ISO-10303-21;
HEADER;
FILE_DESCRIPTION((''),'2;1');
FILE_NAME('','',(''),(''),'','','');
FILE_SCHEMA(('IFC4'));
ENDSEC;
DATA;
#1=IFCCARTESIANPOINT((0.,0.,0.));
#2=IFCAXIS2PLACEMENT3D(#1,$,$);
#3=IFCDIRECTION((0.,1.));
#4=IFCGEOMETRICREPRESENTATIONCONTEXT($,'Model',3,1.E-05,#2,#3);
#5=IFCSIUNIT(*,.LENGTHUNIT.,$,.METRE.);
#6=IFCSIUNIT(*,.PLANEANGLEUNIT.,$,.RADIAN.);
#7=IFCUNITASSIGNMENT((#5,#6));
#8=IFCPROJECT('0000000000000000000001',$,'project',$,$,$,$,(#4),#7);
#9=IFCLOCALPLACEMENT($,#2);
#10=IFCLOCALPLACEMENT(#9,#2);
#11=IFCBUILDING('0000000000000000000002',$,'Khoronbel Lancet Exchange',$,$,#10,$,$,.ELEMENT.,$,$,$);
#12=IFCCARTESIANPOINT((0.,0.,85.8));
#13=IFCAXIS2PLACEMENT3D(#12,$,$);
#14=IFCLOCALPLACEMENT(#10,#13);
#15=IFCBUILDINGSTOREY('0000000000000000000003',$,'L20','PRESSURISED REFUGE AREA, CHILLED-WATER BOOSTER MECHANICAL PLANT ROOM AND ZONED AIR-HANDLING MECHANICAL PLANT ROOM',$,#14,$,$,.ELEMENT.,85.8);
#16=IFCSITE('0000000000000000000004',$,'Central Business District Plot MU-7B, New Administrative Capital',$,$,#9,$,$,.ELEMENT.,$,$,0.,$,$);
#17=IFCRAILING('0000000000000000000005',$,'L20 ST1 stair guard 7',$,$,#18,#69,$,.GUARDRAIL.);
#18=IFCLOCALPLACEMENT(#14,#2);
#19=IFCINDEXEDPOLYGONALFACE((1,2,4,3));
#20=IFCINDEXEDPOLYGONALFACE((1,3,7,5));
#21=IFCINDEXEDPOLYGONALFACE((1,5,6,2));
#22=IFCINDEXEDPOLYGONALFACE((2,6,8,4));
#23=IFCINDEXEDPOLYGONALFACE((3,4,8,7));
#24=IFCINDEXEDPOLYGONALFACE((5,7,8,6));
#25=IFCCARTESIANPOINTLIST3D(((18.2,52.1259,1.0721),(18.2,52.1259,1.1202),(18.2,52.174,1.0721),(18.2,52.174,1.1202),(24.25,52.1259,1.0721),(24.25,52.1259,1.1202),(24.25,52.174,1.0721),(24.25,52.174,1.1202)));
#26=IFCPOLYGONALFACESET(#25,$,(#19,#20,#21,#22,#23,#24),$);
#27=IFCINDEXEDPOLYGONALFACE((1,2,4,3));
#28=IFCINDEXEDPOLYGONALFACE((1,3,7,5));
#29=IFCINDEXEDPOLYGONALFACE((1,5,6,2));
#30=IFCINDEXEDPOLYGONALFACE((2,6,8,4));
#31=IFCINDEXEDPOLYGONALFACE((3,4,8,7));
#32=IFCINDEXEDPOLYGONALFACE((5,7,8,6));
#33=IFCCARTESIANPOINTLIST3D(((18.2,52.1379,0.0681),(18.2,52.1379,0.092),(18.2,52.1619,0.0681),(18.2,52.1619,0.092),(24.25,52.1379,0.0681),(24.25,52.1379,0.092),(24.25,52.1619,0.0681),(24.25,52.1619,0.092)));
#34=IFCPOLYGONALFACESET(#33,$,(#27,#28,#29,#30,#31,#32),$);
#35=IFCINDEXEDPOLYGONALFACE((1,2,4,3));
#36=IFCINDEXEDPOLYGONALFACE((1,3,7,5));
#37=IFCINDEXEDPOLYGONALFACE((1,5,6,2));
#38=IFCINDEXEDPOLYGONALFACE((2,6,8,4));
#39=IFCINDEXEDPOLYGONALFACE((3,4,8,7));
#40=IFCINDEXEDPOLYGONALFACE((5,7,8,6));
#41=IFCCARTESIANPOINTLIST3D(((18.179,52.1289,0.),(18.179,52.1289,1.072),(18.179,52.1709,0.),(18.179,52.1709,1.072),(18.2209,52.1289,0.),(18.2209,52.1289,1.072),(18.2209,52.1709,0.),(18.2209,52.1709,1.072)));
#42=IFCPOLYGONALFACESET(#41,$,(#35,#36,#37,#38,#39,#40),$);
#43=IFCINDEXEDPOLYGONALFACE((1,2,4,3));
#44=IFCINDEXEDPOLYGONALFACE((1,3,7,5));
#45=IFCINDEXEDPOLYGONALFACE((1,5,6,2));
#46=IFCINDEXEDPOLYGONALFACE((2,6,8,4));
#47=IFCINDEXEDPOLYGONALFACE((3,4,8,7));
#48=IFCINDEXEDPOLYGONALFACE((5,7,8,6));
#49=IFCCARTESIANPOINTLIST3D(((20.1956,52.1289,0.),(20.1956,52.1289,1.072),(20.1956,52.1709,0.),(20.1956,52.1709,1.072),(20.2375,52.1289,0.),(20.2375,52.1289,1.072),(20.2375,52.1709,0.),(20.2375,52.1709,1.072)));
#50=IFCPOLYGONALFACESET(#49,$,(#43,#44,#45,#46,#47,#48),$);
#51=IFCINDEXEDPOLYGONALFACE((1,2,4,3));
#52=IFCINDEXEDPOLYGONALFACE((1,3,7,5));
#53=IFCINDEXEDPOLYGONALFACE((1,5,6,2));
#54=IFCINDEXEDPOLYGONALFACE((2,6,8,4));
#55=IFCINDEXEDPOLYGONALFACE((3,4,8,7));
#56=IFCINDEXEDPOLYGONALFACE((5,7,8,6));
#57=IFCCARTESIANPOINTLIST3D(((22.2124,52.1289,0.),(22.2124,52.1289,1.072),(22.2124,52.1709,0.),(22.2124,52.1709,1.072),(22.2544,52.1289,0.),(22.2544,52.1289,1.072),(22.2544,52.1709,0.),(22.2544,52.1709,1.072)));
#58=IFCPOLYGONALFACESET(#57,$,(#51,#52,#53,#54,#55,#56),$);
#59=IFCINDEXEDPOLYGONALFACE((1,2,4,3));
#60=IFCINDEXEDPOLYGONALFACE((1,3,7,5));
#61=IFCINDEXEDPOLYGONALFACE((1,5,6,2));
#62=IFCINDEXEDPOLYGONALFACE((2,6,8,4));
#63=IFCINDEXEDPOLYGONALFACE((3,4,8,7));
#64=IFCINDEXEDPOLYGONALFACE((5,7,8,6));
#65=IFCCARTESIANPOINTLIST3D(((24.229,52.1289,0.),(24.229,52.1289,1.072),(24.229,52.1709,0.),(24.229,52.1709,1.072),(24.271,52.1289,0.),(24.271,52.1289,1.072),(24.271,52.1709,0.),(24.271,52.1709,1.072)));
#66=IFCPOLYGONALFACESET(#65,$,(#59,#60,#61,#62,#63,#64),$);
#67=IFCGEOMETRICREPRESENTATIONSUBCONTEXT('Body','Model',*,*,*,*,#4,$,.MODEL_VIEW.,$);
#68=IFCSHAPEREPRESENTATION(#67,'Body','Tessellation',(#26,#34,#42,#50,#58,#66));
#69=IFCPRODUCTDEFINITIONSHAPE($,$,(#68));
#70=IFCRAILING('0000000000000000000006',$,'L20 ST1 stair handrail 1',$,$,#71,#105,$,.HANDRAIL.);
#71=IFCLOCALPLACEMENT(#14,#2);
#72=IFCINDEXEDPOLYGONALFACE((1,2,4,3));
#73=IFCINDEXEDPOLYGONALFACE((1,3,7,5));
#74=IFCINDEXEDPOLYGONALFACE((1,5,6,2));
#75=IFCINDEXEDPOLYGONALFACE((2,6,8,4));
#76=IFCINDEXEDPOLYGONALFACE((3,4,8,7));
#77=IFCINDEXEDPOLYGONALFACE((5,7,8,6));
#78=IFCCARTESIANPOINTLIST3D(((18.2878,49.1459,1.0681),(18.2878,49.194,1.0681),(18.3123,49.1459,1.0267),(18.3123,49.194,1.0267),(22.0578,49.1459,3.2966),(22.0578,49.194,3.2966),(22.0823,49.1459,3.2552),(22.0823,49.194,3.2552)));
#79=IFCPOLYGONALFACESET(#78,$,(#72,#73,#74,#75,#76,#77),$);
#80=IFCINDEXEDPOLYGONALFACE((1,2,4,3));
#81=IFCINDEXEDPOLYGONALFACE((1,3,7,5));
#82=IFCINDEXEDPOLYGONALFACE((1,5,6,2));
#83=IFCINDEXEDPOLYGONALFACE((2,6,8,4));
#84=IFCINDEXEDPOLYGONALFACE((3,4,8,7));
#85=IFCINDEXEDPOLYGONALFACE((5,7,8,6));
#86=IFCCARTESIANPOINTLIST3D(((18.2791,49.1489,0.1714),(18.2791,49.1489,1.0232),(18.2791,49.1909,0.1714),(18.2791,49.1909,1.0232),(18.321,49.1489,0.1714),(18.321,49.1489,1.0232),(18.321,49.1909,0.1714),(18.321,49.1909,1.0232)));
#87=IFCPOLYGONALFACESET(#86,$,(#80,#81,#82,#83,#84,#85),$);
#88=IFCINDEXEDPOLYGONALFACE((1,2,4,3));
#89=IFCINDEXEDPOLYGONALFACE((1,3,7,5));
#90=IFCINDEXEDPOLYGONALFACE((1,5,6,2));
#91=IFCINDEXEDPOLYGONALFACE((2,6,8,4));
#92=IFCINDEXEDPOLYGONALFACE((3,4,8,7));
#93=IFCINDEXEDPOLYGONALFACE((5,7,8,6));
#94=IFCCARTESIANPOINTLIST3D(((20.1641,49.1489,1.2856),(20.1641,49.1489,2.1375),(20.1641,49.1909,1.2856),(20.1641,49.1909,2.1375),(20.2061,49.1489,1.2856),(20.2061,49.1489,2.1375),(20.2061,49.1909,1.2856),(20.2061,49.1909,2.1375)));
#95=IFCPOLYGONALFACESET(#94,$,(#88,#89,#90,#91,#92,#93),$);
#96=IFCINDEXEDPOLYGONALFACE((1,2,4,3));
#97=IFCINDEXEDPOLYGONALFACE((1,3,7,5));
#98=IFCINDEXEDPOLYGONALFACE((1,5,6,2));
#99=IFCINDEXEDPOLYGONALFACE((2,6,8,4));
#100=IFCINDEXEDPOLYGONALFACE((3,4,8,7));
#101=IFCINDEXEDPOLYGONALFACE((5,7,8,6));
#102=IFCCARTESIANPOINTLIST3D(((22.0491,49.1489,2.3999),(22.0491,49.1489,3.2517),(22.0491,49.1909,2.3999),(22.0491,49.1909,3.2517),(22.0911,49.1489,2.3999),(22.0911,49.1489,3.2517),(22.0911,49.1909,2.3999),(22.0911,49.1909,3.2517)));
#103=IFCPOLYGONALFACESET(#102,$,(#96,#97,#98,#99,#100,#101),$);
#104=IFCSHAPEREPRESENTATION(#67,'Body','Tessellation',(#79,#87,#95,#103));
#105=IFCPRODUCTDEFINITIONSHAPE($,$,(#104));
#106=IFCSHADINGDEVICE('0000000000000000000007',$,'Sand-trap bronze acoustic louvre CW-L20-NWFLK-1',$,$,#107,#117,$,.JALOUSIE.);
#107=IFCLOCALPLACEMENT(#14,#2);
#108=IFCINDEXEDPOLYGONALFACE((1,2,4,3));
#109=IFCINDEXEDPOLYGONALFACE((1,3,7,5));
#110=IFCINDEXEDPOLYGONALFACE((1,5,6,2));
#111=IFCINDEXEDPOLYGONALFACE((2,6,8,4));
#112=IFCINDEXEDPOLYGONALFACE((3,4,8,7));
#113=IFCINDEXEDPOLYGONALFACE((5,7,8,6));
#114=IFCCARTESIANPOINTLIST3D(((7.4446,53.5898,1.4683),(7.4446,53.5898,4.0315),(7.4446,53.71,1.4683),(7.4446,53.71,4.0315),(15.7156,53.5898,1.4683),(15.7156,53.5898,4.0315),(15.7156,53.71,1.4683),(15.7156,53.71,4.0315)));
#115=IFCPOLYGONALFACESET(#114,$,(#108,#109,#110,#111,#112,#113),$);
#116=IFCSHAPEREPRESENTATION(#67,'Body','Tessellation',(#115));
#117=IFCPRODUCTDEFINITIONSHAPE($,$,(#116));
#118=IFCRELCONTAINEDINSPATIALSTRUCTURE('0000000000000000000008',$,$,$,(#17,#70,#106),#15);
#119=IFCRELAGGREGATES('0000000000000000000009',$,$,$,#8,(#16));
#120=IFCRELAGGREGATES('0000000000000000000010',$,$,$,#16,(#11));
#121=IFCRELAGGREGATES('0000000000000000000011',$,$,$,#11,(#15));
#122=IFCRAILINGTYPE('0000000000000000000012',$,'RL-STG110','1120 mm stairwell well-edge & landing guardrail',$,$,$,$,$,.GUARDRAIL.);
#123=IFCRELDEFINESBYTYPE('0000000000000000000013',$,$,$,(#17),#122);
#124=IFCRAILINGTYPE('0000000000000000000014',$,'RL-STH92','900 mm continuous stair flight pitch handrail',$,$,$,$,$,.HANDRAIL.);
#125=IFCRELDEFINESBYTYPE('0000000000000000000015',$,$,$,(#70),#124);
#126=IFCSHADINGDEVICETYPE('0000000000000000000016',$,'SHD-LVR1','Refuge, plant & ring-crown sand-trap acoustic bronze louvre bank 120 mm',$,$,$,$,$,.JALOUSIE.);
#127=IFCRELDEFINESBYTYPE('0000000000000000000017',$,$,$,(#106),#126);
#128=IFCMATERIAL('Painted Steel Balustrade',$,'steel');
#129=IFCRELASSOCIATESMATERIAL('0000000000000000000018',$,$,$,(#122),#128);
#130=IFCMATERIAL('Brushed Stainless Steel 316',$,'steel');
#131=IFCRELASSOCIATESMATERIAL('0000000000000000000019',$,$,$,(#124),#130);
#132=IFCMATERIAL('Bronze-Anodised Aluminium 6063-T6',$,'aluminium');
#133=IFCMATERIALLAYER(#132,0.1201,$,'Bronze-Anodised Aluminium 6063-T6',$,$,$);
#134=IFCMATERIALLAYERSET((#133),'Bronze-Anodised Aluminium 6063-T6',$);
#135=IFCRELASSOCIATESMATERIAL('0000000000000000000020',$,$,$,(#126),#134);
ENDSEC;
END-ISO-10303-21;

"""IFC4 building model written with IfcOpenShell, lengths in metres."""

from ifc_helpers import new_model, si_unit, direction, frame, origin, origin_2d, place, context, subcontext, project, spatial, rectangle, extrude, material, layer, layer_set, type_object, element, save


model = new_model("IFC4")

# Units and contexts
model_context = context("Model", 3, precision=1e-05, world=origin(), true_north=direction((0.0, 1.0)))
body_context = subcontext(model_context, "Body", "Model", "MODEL_VIEW")
ifc_project = project(units=[si_unit("LENGTHUNIT", "METRE"), si_unit("PLANEANGLEUNIT", "RADIAN")], contexts=[model_context])

# Site, building, storey
site_placement = place(None, origin())
site = spatial("IfcSite", under=ifc_project, at=site_placement, Name="Central Business District Plot MU-7B, New Administrative Capital", CompositionType="ELEMENT", RefElevation=0.0)
building_placement = place(site_placement, origin())
building = spatial("IfcBuilding", under=site, at=building_placement, Name="Khoronbel Lancet Exchange", CompositionType="ELEMENT")
storey_placement = place(building_placement, frame((0.0, 0.0, 85.8)))
storey = spatial("IfcBuildingStorey", under=building, at=storey_placement, Name="L20", Description="PRESSURISED REFUGE AREA, CHILLED-WATER BOOSTER MECHANICAL PLANT ROOM AND ZONED AIR-HANDLING MECHANICAL PLANT ROOM", CompositionType="ELEMENT", Elevation=85.8)

# Shared definitions
ifc_material_1 = material(Name="Bronze-Anodised Aluminium 6063-T6", Category="aluminium")

# Railings
ifc_material_2 = material(Name="Painted Steel Balustrade", Category="steel")
railing_type_1 = type_object("IfcRailingType", Name="RL-STG110", Description="1120 mm stairwell well-edge & landing guardrail", PredefinedType="GUARDRAIL", material=ifc_material_2)
railing_1_placement = place(storey_placement, frame((18.2, 52.1499, 0.0)))
element("IfcRailing", 1, at=railing_1_placement, inside=storey, type_object=railing_type_1, Name="L20 ST1 stair guard 7", PredefinedType="GUARDRAIL", context=body_context, shape_type="SweptSolid", body=[
    extrude(rectangle(XDim=0.0481, YDim=0.0481, at=origin_2d()), frame((0.0, 0.0, 1.0962), z_axis=(1.0, 0.0, 0.0), x_axis=(0.0, 1.0, 0.0)), (0.0, 0.0, 1.0), 6.05),
    extrude(rectangle(XDim=0.0239, YDim=0.0239, at=origin_2d()), frame((0.0, 0.0, 0.0801), z_axis=(1.0, 0.0, 0.0), x_axis=(0.0, 1.0, 0.0)), (0.0, 0.0, 1.0), 6.05),
    extrude(rectangle(XDim=0.042, YDim=0.042, at=origin_2d()), origin(), (0.0, 0.0, 1.0), 1.072),
    extrude(rectangle(XDim=0.042, YDim=0.042, at=origin_2d()), frame((2.0166, 0.0, 0.0)), (0.0, 0.0, 1.0), 1.072),
    extrude(rectangle(XDim=0.042, YDim=0.042, at=origin_2d()), frame((4.0334, 0.0, 0.0)), (0.0, 0.0, 1.0), 1.072),
    extrude(rectangle(XDim=0.042, YDim=0.042, at=origin_2d()), frame((6.05, 0.0, 0.0)), (0.0, 0.0, 1.0), 1.072),
])
ifc_material_3 = material(Name="Brushed Stainless Steel 316", Category="steel")
railing_type_2 = type_object("IfcRailingType", Name="RL-STH92", Description="900 mm continuous stair flight pitch handrail", PredefinedType="HANDRAIL", material=ifc_material_3)
railing_2_placement = place(storey_placement, frame((18.3, 49.1699, 0.1714)))
element("IfcRailing", 2, at=railing_2_placement, inside=storey, type_object=railing_type_2, Name="L20 ST1 stair handrail 1", PredefinedType="HANDRAIL", context=body_context, shape_type="SweptSolid", body=[
    extrude(rectangle(XDim=0.0481, YDim=0.0481, at=origin_2d()), frame((0.0, 0.0, 0.876), z_axis=(0.860849, 0.0, 0.508861), x_axis=(0.0, 1.0, 0.0)), (0.0, 0.0, 1.0), 4.3794),
    extrude(rectangle(XDim=0.042, YDim=0.042, at=origin_2d()), origin(), (0.0, 0.0, 1.0), 0.8518),
    extrude(rectangle(XDim=0.042, YDim=0.042, at=origin_2d()), frame((1.885, 0.0, 1.1143)), (0.0, 0.0, 1.0), 0.8518),
    extrude(rectangle(XDim=0.042, YDim=0.042, at=origin_2d()), frame((3.77, 0.0, 2.2285)), (0.0, 0.0, 1.0), 0.8518),
])

# Shading device
ifc_layer_1 = layer(ifc_material_1, 0.1201, Name="Bronze-Anodised Aluminium 6063-T6")
ifc_layer_set_1 = layer_set([ifc_layer_1], Name="Bronze-Anodised Aluminium 6063-T6")
shading_device_type = type_object("IfcShadingDeviceType", Name="SHD-LVR1", Description="Refuge, plant & ring-crown sand-trap acoustic bronze louvre bank 120 mm", PredefinedType="JALOUSIE", material=ifc_layer_set_1)
shading_device_placement = place(storey_placement, frame((11.5801, 53.6499, 1.4683), z_axis=(0.0, 0.0, 1.0), x_axis=(-1.0, 0.0, 0.0)))
element("IfcShadingDevice", 3, at=shading_device_placement, inside=storey, type_object=shading_device_type, Name="Sand-trap bronze acoustic louvre CW-L20-NWFLK-1", PredefinedType="JALOUSIE", context=body_context, shape_type="SweptSolid", body=[
    extrude(rectangle(XDim=8.271, YDim=0.1201, at=origin_2d()), origin(), (0.0, 0.0, 1.0), 2.5632),
])

save(model, "model.ifc")
